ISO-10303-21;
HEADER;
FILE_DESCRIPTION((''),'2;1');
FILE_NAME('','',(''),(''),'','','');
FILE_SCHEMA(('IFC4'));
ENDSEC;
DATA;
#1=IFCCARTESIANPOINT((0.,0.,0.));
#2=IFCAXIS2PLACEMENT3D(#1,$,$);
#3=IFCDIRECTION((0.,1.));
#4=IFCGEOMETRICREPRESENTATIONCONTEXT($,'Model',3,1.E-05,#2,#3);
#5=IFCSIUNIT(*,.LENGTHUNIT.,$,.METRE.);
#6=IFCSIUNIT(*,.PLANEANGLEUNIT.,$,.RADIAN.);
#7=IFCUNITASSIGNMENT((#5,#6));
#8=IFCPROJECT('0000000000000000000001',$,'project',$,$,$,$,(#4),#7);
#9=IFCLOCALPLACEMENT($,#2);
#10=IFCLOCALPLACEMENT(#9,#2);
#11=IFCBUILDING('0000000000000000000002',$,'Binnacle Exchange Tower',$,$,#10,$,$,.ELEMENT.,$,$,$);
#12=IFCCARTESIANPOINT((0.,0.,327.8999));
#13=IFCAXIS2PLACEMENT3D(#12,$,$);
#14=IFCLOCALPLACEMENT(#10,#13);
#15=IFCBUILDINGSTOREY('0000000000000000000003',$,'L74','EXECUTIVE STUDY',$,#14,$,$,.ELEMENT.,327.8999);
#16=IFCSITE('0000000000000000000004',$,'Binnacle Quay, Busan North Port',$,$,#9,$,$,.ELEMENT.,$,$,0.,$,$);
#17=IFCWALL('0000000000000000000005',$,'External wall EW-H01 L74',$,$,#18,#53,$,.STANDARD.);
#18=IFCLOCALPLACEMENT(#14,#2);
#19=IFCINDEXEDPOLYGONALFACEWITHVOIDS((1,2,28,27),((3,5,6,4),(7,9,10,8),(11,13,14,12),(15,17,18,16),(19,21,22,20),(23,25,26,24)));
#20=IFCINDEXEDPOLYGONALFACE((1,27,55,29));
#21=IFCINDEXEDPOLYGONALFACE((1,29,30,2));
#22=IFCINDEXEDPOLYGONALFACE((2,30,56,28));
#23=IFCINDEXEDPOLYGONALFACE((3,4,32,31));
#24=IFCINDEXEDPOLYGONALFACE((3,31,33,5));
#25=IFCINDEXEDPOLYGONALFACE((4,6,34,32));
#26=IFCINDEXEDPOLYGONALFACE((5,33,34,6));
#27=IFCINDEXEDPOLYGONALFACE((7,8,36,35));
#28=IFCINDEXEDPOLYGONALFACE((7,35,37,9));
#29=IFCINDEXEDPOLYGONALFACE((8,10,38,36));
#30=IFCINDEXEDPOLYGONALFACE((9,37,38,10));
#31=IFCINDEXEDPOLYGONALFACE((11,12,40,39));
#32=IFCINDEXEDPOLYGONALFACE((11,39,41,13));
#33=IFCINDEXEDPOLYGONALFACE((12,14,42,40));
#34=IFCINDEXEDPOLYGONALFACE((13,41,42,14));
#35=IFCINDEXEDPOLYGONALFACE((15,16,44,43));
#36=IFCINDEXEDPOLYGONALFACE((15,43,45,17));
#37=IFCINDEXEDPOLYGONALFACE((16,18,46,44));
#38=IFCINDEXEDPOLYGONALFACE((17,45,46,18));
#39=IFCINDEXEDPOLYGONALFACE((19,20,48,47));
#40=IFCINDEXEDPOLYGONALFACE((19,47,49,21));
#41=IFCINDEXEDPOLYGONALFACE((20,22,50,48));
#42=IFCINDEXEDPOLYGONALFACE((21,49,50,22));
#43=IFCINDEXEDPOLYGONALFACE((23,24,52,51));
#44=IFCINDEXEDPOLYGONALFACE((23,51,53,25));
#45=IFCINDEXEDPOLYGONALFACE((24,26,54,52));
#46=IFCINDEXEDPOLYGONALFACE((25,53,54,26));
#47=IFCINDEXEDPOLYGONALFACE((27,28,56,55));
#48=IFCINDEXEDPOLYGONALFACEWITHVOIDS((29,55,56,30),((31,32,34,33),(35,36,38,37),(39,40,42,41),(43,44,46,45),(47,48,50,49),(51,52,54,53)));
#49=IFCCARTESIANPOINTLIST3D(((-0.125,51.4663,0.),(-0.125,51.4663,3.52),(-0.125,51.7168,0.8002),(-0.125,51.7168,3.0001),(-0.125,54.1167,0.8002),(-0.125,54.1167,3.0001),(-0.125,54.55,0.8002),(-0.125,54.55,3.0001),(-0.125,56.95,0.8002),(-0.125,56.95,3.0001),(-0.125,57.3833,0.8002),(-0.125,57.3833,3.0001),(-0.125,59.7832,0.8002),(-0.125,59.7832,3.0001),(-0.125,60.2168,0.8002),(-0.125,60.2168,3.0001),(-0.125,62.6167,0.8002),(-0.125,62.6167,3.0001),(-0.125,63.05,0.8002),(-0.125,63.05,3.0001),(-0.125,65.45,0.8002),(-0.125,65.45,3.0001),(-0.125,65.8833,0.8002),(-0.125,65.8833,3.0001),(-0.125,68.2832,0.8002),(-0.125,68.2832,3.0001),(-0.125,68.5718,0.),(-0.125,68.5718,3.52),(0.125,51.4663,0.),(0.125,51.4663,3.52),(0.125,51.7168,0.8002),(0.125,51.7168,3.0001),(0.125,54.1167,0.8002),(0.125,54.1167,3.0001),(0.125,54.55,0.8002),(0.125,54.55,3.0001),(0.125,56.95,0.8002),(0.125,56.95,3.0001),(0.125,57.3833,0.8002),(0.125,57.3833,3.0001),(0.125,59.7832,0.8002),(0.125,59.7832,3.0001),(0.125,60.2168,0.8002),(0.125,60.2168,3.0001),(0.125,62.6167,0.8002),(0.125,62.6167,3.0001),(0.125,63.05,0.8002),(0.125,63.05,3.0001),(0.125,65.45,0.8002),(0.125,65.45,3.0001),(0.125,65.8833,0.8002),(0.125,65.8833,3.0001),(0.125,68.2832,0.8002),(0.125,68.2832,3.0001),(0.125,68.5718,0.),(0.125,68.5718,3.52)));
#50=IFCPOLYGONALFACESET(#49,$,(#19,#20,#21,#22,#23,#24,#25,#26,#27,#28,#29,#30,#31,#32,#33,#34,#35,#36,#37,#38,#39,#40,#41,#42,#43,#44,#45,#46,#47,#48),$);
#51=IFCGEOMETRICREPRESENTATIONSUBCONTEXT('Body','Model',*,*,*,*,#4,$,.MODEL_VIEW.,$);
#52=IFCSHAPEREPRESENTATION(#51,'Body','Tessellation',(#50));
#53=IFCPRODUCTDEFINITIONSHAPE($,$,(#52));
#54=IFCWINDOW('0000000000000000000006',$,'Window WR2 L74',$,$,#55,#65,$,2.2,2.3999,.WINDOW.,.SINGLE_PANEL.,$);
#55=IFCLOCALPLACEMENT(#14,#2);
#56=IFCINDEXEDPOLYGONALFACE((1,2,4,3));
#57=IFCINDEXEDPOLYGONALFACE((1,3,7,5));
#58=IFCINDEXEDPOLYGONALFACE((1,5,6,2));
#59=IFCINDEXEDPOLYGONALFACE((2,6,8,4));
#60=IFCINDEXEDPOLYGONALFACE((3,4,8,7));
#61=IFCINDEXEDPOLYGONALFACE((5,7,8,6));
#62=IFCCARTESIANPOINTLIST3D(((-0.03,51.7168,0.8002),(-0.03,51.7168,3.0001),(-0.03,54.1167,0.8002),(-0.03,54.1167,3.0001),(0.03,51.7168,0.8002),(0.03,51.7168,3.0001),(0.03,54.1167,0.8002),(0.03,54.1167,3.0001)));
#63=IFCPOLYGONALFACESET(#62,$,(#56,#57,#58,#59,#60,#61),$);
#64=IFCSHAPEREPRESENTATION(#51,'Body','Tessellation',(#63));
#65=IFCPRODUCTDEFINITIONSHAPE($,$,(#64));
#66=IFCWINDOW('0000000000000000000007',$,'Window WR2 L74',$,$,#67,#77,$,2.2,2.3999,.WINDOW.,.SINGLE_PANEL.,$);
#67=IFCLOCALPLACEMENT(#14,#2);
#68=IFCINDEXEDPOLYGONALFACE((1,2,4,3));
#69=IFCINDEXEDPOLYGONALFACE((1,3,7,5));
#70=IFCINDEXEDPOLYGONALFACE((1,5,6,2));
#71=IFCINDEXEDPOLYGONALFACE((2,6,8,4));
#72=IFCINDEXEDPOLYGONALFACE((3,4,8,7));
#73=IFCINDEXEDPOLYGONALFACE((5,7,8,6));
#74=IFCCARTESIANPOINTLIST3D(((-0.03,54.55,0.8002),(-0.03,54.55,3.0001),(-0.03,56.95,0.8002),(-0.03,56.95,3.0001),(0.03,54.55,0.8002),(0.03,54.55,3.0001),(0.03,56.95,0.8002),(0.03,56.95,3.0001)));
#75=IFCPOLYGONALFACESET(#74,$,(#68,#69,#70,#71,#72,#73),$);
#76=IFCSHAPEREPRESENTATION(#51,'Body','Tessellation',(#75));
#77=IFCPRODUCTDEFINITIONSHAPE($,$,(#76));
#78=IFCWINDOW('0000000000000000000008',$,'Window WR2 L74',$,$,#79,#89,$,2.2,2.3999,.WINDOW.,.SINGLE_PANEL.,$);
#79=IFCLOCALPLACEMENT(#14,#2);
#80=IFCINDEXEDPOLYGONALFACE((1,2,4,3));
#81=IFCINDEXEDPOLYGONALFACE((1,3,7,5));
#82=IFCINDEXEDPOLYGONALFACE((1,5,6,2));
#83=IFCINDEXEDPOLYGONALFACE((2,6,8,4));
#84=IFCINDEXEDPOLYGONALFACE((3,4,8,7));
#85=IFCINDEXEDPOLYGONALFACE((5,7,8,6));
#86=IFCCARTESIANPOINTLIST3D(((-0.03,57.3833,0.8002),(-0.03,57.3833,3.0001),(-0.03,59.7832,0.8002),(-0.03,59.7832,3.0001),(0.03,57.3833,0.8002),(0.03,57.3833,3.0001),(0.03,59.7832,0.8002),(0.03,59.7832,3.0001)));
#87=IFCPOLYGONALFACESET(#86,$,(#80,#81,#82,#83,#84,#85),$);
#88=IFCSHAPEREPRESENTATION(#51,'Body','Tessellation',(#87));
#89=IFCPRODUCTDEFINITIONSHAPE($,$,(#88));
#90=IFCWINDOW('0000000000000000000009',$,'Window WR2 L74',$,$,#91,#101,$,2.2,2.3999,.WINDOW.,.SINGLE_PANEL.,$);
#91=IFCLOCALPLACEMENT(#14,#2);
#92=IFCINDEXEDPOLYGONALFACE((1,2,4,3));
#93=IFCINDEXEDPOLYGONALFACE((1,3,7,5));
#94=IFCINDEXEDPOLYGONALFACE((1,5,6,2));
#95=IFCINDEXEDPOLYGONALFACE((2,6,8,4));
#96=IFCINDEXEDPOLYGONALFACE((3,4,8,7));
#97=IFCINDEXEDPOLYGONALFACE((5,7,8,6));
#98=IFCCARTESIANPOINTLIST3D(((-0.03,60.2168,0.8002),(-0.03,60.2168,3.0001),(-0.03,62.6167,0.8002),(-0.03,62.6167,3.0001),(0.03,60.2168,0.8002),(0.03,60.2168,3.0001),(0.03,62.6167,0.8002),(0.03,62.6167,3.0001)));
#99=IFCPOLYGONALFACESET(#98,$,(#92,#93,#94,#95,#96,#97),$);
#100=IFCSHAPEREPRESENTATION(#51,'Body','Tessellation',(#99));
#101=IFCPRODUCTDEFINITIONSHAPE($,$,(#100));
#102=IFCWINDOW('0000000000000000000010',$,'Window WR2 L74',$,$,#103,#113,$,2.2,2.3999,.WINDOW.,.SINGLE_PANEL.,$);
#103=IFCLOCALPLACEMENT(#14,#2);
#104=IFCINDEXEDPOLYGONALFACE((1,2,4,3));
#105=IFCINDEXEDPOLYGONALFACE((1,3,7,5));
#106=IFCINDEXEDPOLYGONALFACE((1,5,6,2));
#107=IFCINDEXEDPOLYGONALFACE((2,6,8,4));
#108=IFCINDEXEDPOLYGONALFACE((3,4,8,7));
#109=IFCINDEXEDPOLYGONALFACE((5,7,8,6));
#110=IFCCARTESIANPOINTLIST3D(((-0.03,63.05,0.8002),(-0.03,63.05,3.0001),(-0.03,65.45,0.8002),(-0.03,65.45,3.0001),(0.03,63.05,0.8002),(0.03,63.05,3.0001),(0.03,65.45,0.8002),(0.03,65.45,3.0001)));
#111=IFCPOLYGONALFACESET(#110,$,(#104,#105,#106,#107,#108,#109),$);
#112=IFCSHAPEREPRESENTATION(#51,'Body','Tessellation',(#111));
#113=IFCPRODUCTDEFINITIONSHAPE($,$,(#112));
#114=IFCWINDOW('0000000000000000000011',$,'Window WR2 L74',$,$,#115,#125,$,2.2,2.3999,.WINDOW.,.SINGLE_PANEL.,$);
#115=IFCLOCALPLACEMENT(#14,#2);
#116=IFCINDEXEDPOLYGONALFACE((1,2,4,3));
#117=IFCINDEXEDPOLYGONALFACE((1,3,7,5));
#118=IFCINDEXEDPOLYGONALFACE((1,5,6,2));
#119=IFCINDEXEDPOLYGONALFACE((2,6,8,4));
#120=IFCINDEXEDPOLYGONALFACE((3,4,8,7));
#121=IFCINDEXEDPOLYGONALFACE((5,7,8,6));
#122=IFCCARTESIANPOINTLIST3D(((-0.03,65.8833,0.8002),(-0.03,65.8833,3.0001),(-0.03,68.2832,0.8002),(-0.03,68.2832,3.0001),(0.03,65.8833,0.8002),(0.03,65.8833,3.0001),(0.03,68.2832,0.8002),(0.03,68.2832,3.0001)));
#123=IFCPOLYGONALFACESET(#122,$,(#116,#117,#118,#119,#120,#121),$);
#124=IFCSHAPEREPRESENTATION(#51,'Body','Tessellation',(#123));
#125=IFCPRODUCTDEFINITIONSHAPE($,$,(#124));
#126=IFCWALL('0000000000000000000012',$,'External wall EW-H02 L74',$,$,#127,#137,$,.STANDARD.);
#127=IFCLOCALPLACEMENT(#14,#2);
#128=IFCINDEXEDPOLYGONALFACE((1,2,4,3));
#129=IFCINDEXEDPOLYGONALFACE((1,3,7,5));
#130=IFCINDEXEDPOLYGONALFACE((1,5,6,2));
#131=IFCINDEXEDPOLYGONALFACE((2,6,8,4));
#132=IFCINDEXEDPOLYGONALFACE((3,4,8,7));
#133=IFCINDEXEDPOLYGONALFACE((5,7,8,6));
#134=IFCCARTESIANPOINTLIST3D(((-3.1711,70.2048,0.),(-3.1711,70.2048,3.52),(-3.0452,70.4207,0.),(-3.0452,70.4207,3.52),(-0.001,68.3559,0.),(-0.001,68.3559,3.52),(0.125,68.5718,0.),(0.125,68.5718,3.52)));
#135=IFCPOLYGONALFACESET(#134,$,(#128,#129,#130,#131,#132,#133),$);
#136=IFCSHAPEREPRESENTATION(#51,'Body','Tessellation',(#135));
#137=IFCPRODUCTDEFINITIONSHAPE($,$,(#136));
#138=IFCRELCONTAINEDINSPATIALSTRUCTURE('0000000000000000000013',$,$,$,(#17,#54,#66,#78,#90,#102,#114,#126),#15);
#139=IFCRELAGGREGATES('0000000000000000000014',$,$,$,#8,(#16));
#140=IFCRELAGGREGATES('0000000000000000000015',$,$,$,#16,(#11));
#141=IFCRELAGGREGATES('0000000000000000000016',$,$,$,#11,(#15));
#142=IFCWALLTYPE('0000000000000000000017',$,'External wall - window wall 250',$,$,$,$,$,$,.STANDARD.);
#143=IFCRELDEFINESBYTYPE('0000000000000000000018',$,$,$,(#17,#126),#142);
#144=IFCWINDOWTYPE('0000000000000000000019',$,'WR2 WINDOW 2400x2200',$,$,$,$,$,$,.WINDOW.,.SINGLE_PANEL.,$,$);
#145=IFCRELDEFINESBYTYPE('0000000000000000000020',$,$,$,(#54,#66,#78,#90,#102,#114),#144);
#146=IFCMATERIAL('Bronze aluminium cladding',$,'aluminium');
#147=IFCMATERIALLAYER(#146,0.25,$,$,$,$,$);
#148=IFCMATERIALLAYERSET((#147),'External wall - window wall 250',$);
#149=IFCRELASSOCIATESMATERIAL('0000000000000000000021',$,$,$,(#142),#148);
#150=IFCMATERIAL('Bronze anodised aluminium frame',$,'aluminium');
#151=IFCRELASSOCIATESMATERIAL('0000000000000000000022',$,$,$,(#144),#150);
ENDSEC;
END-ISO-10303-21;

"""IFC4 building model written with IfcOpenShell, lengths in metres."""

from ifc_helpers import new_model, si_unit, direction, frame, frame_2d, origin, place, context, subcontext, project, spatial, rectangle, extrude, material, layer, layer_set, type_object, element, fill, save


model = new_model("IFC4")

# Units and contexts
model_context = context("Model", 3, precision=1e-05, world=origin(), true_north=direction((0.0, 1.0)))
body_context = subcontext(model_context, "Body", "Model", "MODEL_VIEW")
ifc_project = project(units=[si_unit("LENGTHUNIT", "METRE"), si_unit("PLANEANGLEUNIT", "RADIAN")], contexts=[model_context])

# Site, building, storey
site_placement = place(None, origin())
site = spatial("IfcSite", under=ifc_project, at=site_placement, Name="Binnacle Quay, Busan North Port", CompositionType="ELEMENT", RefElevation=0.0)
building_placement = place(site_placement, origin())
building = spatial("IfcBuilding", under=site, at=building_placement, Name="Binnacle Exchange Tower", CompositionType="ELEMENT")
storey_placement = place(building_placement, frame((0.0, 0.0, 327.8999)))
storey = spatial("IfcBuildingStorey", under=building, at=storey_placement, Name="L74", Description="EXECUTIVE STUDY", CompositionType="ELEMENT", Elevation=327.8999)

# Shared definitions
ifc_material_1 = material(Name="Bronze anodised aluminium frame", Category="aluminium")

# Wall, openings, windows
ifc_material_2 = material(Name="Bronze aluminium cladding", Category="aluminium")
ifc_layer_1 = layer(ifc_material_2, 0.25)
ifc_layer_set_1 = layer_set([ifc_layer_1], Name="External wall - window wall 250")
wall_type_1 = type_object("IfcWallType", Name="External wall - window wall 250", PredefinedType="STANDARD", material=ifc_layer_set_1)
wall_1_placement = place(storey_placement, frame((0.0, 68.5718, 0.0), z_axis=(0.0, 0.0, 1.0), x_axis=(0.0, -1.0, 0.0)))
wall_1 = element("IfcWall", 1, at=wall_1_placement, inside=storey, type_object=wall_type_1, Name="External wall EW-H01 L74", PredefinedType="STANDARD", context=body_context, shape_type="SweptSolid", body=[
    extrude(rectangle(XDim=17.1055, YDim=0.25, at=frame_2d((8.5527, 0.0))), origin(), (0.0, 0.0, 1.0), 3.52),
])
opening_1_placement = place(wall_1_placement, frame((14.4551, 0.0, 0.8)))
opening_1 = element("IfcOpeningElement", 2, at=opening_1_placement, cuts=wall_1, PredefinedType="OPENING", context=body_context, shape_type="SweptSolid", body=[
    extrude(rectangle(XDim=2.3999, YDim=2.2, at=frame_2d((1.2, 1.1001))), frame((0.0, 0.135, 0.0), z_axis=(0.0, -1.0, 0.0), x_axis=(1.0, 0.0, 0.0)), (0.0, 0.0, 1.0), 0.27),
])
opening_2_placement = place(wall_1_placement, frame((11.6218, 0.0, 0.8)))
opening_2 = element("IfcOpeningElement", 3, at=opening_2_placement, cuts=wall_1, PredefinedType="OPENING", context=body_context, shape_type="SweptSolid", body=[
    extrude(rectangle(XDim=2.3999, YDim=2.2, at=frame_2d((1.2, 1.1001))), frame((0.0, 0.135, 0.0), z_axis=(0.0, -1.0, 0.0), x_axis=(1.0, 0.0, 0.0)), (0.0, 0.0, 1.0), 0.27),
])
opening_3_placement = place(wall_1_placement, frame((8.7886, 0.0, 0.8)))
opening_3 = element("IfcOpeningElement", 4, at=opening_3_placement, cuts=wall_1, PredefinedType="OPENING", context=body_context, shape_type="SweptSolid", body=[
    extrude(rectangle(XDim=2.3999, YDim=2.2, at=frame_2d((1.2, 1.1001))), frame((0.0, 0.135, 0.0), z_axis=(0.0, -1.0, 0.0), x_axis=(1.0, 0.0, 0.0)), (0.0, 0.0, 1.0), 0.27),
])
opening_4_placement = place(wall_1_placement, frame((5.9551, 0.0, 0.8)))
opening_4 = element("IfcOpeningElement", 5, at=opening_4_placement, cuts=wall_1, PredefinedType="OPENING", context=body_context, shape_type="SweptSolid", body=[
    extrude(rectangle(XDim=2.3999, YDim=2.2, at=frame_2d((1.2, 1.1001))), frame((0.0, 0.135, 0.0), z_axis=(0.0, -1.0, 0.0), x_axis=(1.0, 0.0, 0.0)), (0.0, 0.0, 1.0), 0.27),
])
opening_5_placement = place(wall_1_placement, frame((3.1218, 0.0, 0.8)))
opening_5 = element("IfcOpeningElement", 6, at=opening_5_placement, cuts=wall_1, PredefinedType="OPENING", context=body_context, shape_type="SweptSolid", body=[
    extrude(rectangle(XDim=2.3999, YDim=2.2, at=frame_2d((1.2, 1.1001))), frame((0.0, 0.135, 0.0), z_axis=(0.0, -1.0, 0.0), x_axis=(1.0, 0.0, 0.0)), (0.0, 0.0, 1.0), 0.27),
])
opening_6_placement = place(wall_1_placement, frame((0.2886, 0.0, 0.8)))
opening_6 = element("IfcOpeningElement", 7, at=opening_6_placement, cuts=wall_1, PredefinedType="OPENING", context=body_context, shape_type="SweptSolid", body=[
    extrude(rectangle(XDim=2.3999, YDim=2.2, at=frame_2d((1.2, 1.1001))), frame((0.0, 0.135, 0.0), z_axis=(0.0, -1.0, 0.0), x_axis=(1.0, 0.0, 0.0)), (0.0, 0.0, 1.0), 0.27),
])
window_type = type_object("IfcWindowType", Name="WR2 WINDOW 2400x2200", PartitioningType="SINGLE_PANEL", PredefinedType="WINDOW", material=ifc_material_1)
window_1_placement = place(opening_1_placement, origin())
window_1 = element("IfcWindow", 8, at=window_1_placement, inside=storey, type_object=window_type, Name="Window WR2 L74", OverallHeight=2.2, OverallWidth=2.3999, PartitioningType="SINGLE_PANEL", PredefinedType="WINDOW", context=body_context, shape_type="SweptSolid", body=[
    extrude(rectangle(XDim=2.3999, YDim=2.2, at=frame_2d((1.2, 1.1001))), frame((0.0, 0.03, 0.0), z_axis=(0.0, -1.0, 0.0), x_axis=(1.0, 0.0, 0.0)), (0.0, 0.0, 1.0), 0.0601),
])
fill(opening_1, window_1)
window_2_placement = place(opening_2_placement, origin())
window_2 = element("IfcWindow", 9, at=window_2_placement, inside=storey, type_object=window_type, Name="Window WR2 L74", OverallHeight=2.2, OverallWidth=2.3999, PartitioningType="SINGLE_PANEL", PredefinedType="WINDOW", context=body_context, shape_type="SweptSolid", body=[
    extrude(rectangle(XDim=2.3999, YDim=2.2, at=frame_2d((1.2, 1.1001))), frame((0.0, 0.03, 0.0), z_axis=(0.0, -1.0, 0.0), x_axis=(1.0, 0.0, 0.0)), (0.0, 0.0, 1.0), 0.0601),
])
fill(opening_2, window_2)
window_3_placement = place(opening_3_placement, origin())
window_3 = element("IfcWindow", 10, at=window_3_placement, inside=storey, type_object=window_type, Name="Window WR2 L74", OverallHeight=2.2, OverallWidth=2.3999, PartitioningType="SINGLE_PANEL", PredefinedType="WINDOW", context=body_context, shape_type="SweptSolid", body=[
    extrude(rectangle(XDim=2.3999, YDim=2.2, at=frame_2d((1.2, 1.1001))), frame((0.0, 0.03, 0.0), z_axis=(0.0, -1.0, 0.0), x_axis=(1.0, 0.0, 0.0)), (0.0, 0.0, 1.0), 0.0601),
])
fill(opening_3, window_3)
window_4_placement = place(opening_4_placement, origin())
window_4 = element("IfcWindow", 11, at=window_4_placement, inside=storey, type_object=window_type, Name="Window WR2 L74", OverallHeight=2.2, OverallWidth=2.3999, PartitioningType="SINGLE_PANEL", PredefinedType="WINDOW", context=body_context, shape_type="SweptSolid", body=[
    extrude(rectangle(XDim=2.3999, YDim=2.2, at=frame_2d((1.2, 1.1001))), frame((0.0, 0.03, 0.0), z_axis=(0.0, -1.0, 0.0), x_axis=(1.0, 0.0, 0.0)), (0.0, 0.0, 1.0), 0.0601),
])
fill(opening_4, window_4)
window_5_placement = place(opening_5_placement, origin())
window_5 = element("IfcWindow", 12, at=window_5_placement, inside=storey, type_object=window_type, Name="Window WR2 L74", OverallHeight=2.2, OverallWidth=2.3999, PartitioningType="SINGLE_PANEL", PredefinedType="WINDOW", context=body_context, shape_type="SweptSolid", body=[
    extrude(rectangle(XDim=2.3999, YDim=2.2, at=frame_2d((1.2, 1.1001))), frame((0.0, 0.03, 0.0), z_axis=(0.0, -1.0, 0.0), x_axis=(1.0, 0.0, 0.0)), (0.0, 0.0, 1.0), 0.0601),
])
fill(opening_5, window_5)
window_6_placement = place(opening_6_placement, origin())
window_6 = element("IfcWindow", 13, at=window_6_placement, inside=storey, type_object=window_type, Name="Window WR2 L74", OverallHeight=2.2, OverallWidth=2.3999, PartitioningType="SINGLE_PANEL", PredefinedType="WINDOW", context=body_context, shape_type="SweptSolid", body=[
    extrude(rectangle(XDim=2.3999, YDim=2.2, at=frame_2d((1.2, 1.1001))), frame((0.0, 0.03, 0.0), z_axis=(0.0, -1.0, 0.0), x_axis=(1.0, 0.0, 0.0)), (0.0, 0.0, 1.0), 0.0601),
])
fill(opening_6, window_6)

# Wall
wall_2_placement = place(storey_placement, frame((-3.1082, 70.3127, 0.0), z_axis=(0.0, 0.0, 1.0), x_axis=(0.863825, -0.503792, 0.0)))
element("IfcWall", 14, at=wall_2_placement, inside=storey, type_object=wall_type_1, Name="External wall EW-H02 L74", PredefinedType="STANDARD", context=body_context, shape_type="SweptSolid", body=[
    extrude(rectangle(XDim=3.6699, YDim=0.25, at=frame_2d((1.835, 0.0))), origin(), (0.0, 0.0, 1.0), 3.52),
])

save(model, "model.ifc")
